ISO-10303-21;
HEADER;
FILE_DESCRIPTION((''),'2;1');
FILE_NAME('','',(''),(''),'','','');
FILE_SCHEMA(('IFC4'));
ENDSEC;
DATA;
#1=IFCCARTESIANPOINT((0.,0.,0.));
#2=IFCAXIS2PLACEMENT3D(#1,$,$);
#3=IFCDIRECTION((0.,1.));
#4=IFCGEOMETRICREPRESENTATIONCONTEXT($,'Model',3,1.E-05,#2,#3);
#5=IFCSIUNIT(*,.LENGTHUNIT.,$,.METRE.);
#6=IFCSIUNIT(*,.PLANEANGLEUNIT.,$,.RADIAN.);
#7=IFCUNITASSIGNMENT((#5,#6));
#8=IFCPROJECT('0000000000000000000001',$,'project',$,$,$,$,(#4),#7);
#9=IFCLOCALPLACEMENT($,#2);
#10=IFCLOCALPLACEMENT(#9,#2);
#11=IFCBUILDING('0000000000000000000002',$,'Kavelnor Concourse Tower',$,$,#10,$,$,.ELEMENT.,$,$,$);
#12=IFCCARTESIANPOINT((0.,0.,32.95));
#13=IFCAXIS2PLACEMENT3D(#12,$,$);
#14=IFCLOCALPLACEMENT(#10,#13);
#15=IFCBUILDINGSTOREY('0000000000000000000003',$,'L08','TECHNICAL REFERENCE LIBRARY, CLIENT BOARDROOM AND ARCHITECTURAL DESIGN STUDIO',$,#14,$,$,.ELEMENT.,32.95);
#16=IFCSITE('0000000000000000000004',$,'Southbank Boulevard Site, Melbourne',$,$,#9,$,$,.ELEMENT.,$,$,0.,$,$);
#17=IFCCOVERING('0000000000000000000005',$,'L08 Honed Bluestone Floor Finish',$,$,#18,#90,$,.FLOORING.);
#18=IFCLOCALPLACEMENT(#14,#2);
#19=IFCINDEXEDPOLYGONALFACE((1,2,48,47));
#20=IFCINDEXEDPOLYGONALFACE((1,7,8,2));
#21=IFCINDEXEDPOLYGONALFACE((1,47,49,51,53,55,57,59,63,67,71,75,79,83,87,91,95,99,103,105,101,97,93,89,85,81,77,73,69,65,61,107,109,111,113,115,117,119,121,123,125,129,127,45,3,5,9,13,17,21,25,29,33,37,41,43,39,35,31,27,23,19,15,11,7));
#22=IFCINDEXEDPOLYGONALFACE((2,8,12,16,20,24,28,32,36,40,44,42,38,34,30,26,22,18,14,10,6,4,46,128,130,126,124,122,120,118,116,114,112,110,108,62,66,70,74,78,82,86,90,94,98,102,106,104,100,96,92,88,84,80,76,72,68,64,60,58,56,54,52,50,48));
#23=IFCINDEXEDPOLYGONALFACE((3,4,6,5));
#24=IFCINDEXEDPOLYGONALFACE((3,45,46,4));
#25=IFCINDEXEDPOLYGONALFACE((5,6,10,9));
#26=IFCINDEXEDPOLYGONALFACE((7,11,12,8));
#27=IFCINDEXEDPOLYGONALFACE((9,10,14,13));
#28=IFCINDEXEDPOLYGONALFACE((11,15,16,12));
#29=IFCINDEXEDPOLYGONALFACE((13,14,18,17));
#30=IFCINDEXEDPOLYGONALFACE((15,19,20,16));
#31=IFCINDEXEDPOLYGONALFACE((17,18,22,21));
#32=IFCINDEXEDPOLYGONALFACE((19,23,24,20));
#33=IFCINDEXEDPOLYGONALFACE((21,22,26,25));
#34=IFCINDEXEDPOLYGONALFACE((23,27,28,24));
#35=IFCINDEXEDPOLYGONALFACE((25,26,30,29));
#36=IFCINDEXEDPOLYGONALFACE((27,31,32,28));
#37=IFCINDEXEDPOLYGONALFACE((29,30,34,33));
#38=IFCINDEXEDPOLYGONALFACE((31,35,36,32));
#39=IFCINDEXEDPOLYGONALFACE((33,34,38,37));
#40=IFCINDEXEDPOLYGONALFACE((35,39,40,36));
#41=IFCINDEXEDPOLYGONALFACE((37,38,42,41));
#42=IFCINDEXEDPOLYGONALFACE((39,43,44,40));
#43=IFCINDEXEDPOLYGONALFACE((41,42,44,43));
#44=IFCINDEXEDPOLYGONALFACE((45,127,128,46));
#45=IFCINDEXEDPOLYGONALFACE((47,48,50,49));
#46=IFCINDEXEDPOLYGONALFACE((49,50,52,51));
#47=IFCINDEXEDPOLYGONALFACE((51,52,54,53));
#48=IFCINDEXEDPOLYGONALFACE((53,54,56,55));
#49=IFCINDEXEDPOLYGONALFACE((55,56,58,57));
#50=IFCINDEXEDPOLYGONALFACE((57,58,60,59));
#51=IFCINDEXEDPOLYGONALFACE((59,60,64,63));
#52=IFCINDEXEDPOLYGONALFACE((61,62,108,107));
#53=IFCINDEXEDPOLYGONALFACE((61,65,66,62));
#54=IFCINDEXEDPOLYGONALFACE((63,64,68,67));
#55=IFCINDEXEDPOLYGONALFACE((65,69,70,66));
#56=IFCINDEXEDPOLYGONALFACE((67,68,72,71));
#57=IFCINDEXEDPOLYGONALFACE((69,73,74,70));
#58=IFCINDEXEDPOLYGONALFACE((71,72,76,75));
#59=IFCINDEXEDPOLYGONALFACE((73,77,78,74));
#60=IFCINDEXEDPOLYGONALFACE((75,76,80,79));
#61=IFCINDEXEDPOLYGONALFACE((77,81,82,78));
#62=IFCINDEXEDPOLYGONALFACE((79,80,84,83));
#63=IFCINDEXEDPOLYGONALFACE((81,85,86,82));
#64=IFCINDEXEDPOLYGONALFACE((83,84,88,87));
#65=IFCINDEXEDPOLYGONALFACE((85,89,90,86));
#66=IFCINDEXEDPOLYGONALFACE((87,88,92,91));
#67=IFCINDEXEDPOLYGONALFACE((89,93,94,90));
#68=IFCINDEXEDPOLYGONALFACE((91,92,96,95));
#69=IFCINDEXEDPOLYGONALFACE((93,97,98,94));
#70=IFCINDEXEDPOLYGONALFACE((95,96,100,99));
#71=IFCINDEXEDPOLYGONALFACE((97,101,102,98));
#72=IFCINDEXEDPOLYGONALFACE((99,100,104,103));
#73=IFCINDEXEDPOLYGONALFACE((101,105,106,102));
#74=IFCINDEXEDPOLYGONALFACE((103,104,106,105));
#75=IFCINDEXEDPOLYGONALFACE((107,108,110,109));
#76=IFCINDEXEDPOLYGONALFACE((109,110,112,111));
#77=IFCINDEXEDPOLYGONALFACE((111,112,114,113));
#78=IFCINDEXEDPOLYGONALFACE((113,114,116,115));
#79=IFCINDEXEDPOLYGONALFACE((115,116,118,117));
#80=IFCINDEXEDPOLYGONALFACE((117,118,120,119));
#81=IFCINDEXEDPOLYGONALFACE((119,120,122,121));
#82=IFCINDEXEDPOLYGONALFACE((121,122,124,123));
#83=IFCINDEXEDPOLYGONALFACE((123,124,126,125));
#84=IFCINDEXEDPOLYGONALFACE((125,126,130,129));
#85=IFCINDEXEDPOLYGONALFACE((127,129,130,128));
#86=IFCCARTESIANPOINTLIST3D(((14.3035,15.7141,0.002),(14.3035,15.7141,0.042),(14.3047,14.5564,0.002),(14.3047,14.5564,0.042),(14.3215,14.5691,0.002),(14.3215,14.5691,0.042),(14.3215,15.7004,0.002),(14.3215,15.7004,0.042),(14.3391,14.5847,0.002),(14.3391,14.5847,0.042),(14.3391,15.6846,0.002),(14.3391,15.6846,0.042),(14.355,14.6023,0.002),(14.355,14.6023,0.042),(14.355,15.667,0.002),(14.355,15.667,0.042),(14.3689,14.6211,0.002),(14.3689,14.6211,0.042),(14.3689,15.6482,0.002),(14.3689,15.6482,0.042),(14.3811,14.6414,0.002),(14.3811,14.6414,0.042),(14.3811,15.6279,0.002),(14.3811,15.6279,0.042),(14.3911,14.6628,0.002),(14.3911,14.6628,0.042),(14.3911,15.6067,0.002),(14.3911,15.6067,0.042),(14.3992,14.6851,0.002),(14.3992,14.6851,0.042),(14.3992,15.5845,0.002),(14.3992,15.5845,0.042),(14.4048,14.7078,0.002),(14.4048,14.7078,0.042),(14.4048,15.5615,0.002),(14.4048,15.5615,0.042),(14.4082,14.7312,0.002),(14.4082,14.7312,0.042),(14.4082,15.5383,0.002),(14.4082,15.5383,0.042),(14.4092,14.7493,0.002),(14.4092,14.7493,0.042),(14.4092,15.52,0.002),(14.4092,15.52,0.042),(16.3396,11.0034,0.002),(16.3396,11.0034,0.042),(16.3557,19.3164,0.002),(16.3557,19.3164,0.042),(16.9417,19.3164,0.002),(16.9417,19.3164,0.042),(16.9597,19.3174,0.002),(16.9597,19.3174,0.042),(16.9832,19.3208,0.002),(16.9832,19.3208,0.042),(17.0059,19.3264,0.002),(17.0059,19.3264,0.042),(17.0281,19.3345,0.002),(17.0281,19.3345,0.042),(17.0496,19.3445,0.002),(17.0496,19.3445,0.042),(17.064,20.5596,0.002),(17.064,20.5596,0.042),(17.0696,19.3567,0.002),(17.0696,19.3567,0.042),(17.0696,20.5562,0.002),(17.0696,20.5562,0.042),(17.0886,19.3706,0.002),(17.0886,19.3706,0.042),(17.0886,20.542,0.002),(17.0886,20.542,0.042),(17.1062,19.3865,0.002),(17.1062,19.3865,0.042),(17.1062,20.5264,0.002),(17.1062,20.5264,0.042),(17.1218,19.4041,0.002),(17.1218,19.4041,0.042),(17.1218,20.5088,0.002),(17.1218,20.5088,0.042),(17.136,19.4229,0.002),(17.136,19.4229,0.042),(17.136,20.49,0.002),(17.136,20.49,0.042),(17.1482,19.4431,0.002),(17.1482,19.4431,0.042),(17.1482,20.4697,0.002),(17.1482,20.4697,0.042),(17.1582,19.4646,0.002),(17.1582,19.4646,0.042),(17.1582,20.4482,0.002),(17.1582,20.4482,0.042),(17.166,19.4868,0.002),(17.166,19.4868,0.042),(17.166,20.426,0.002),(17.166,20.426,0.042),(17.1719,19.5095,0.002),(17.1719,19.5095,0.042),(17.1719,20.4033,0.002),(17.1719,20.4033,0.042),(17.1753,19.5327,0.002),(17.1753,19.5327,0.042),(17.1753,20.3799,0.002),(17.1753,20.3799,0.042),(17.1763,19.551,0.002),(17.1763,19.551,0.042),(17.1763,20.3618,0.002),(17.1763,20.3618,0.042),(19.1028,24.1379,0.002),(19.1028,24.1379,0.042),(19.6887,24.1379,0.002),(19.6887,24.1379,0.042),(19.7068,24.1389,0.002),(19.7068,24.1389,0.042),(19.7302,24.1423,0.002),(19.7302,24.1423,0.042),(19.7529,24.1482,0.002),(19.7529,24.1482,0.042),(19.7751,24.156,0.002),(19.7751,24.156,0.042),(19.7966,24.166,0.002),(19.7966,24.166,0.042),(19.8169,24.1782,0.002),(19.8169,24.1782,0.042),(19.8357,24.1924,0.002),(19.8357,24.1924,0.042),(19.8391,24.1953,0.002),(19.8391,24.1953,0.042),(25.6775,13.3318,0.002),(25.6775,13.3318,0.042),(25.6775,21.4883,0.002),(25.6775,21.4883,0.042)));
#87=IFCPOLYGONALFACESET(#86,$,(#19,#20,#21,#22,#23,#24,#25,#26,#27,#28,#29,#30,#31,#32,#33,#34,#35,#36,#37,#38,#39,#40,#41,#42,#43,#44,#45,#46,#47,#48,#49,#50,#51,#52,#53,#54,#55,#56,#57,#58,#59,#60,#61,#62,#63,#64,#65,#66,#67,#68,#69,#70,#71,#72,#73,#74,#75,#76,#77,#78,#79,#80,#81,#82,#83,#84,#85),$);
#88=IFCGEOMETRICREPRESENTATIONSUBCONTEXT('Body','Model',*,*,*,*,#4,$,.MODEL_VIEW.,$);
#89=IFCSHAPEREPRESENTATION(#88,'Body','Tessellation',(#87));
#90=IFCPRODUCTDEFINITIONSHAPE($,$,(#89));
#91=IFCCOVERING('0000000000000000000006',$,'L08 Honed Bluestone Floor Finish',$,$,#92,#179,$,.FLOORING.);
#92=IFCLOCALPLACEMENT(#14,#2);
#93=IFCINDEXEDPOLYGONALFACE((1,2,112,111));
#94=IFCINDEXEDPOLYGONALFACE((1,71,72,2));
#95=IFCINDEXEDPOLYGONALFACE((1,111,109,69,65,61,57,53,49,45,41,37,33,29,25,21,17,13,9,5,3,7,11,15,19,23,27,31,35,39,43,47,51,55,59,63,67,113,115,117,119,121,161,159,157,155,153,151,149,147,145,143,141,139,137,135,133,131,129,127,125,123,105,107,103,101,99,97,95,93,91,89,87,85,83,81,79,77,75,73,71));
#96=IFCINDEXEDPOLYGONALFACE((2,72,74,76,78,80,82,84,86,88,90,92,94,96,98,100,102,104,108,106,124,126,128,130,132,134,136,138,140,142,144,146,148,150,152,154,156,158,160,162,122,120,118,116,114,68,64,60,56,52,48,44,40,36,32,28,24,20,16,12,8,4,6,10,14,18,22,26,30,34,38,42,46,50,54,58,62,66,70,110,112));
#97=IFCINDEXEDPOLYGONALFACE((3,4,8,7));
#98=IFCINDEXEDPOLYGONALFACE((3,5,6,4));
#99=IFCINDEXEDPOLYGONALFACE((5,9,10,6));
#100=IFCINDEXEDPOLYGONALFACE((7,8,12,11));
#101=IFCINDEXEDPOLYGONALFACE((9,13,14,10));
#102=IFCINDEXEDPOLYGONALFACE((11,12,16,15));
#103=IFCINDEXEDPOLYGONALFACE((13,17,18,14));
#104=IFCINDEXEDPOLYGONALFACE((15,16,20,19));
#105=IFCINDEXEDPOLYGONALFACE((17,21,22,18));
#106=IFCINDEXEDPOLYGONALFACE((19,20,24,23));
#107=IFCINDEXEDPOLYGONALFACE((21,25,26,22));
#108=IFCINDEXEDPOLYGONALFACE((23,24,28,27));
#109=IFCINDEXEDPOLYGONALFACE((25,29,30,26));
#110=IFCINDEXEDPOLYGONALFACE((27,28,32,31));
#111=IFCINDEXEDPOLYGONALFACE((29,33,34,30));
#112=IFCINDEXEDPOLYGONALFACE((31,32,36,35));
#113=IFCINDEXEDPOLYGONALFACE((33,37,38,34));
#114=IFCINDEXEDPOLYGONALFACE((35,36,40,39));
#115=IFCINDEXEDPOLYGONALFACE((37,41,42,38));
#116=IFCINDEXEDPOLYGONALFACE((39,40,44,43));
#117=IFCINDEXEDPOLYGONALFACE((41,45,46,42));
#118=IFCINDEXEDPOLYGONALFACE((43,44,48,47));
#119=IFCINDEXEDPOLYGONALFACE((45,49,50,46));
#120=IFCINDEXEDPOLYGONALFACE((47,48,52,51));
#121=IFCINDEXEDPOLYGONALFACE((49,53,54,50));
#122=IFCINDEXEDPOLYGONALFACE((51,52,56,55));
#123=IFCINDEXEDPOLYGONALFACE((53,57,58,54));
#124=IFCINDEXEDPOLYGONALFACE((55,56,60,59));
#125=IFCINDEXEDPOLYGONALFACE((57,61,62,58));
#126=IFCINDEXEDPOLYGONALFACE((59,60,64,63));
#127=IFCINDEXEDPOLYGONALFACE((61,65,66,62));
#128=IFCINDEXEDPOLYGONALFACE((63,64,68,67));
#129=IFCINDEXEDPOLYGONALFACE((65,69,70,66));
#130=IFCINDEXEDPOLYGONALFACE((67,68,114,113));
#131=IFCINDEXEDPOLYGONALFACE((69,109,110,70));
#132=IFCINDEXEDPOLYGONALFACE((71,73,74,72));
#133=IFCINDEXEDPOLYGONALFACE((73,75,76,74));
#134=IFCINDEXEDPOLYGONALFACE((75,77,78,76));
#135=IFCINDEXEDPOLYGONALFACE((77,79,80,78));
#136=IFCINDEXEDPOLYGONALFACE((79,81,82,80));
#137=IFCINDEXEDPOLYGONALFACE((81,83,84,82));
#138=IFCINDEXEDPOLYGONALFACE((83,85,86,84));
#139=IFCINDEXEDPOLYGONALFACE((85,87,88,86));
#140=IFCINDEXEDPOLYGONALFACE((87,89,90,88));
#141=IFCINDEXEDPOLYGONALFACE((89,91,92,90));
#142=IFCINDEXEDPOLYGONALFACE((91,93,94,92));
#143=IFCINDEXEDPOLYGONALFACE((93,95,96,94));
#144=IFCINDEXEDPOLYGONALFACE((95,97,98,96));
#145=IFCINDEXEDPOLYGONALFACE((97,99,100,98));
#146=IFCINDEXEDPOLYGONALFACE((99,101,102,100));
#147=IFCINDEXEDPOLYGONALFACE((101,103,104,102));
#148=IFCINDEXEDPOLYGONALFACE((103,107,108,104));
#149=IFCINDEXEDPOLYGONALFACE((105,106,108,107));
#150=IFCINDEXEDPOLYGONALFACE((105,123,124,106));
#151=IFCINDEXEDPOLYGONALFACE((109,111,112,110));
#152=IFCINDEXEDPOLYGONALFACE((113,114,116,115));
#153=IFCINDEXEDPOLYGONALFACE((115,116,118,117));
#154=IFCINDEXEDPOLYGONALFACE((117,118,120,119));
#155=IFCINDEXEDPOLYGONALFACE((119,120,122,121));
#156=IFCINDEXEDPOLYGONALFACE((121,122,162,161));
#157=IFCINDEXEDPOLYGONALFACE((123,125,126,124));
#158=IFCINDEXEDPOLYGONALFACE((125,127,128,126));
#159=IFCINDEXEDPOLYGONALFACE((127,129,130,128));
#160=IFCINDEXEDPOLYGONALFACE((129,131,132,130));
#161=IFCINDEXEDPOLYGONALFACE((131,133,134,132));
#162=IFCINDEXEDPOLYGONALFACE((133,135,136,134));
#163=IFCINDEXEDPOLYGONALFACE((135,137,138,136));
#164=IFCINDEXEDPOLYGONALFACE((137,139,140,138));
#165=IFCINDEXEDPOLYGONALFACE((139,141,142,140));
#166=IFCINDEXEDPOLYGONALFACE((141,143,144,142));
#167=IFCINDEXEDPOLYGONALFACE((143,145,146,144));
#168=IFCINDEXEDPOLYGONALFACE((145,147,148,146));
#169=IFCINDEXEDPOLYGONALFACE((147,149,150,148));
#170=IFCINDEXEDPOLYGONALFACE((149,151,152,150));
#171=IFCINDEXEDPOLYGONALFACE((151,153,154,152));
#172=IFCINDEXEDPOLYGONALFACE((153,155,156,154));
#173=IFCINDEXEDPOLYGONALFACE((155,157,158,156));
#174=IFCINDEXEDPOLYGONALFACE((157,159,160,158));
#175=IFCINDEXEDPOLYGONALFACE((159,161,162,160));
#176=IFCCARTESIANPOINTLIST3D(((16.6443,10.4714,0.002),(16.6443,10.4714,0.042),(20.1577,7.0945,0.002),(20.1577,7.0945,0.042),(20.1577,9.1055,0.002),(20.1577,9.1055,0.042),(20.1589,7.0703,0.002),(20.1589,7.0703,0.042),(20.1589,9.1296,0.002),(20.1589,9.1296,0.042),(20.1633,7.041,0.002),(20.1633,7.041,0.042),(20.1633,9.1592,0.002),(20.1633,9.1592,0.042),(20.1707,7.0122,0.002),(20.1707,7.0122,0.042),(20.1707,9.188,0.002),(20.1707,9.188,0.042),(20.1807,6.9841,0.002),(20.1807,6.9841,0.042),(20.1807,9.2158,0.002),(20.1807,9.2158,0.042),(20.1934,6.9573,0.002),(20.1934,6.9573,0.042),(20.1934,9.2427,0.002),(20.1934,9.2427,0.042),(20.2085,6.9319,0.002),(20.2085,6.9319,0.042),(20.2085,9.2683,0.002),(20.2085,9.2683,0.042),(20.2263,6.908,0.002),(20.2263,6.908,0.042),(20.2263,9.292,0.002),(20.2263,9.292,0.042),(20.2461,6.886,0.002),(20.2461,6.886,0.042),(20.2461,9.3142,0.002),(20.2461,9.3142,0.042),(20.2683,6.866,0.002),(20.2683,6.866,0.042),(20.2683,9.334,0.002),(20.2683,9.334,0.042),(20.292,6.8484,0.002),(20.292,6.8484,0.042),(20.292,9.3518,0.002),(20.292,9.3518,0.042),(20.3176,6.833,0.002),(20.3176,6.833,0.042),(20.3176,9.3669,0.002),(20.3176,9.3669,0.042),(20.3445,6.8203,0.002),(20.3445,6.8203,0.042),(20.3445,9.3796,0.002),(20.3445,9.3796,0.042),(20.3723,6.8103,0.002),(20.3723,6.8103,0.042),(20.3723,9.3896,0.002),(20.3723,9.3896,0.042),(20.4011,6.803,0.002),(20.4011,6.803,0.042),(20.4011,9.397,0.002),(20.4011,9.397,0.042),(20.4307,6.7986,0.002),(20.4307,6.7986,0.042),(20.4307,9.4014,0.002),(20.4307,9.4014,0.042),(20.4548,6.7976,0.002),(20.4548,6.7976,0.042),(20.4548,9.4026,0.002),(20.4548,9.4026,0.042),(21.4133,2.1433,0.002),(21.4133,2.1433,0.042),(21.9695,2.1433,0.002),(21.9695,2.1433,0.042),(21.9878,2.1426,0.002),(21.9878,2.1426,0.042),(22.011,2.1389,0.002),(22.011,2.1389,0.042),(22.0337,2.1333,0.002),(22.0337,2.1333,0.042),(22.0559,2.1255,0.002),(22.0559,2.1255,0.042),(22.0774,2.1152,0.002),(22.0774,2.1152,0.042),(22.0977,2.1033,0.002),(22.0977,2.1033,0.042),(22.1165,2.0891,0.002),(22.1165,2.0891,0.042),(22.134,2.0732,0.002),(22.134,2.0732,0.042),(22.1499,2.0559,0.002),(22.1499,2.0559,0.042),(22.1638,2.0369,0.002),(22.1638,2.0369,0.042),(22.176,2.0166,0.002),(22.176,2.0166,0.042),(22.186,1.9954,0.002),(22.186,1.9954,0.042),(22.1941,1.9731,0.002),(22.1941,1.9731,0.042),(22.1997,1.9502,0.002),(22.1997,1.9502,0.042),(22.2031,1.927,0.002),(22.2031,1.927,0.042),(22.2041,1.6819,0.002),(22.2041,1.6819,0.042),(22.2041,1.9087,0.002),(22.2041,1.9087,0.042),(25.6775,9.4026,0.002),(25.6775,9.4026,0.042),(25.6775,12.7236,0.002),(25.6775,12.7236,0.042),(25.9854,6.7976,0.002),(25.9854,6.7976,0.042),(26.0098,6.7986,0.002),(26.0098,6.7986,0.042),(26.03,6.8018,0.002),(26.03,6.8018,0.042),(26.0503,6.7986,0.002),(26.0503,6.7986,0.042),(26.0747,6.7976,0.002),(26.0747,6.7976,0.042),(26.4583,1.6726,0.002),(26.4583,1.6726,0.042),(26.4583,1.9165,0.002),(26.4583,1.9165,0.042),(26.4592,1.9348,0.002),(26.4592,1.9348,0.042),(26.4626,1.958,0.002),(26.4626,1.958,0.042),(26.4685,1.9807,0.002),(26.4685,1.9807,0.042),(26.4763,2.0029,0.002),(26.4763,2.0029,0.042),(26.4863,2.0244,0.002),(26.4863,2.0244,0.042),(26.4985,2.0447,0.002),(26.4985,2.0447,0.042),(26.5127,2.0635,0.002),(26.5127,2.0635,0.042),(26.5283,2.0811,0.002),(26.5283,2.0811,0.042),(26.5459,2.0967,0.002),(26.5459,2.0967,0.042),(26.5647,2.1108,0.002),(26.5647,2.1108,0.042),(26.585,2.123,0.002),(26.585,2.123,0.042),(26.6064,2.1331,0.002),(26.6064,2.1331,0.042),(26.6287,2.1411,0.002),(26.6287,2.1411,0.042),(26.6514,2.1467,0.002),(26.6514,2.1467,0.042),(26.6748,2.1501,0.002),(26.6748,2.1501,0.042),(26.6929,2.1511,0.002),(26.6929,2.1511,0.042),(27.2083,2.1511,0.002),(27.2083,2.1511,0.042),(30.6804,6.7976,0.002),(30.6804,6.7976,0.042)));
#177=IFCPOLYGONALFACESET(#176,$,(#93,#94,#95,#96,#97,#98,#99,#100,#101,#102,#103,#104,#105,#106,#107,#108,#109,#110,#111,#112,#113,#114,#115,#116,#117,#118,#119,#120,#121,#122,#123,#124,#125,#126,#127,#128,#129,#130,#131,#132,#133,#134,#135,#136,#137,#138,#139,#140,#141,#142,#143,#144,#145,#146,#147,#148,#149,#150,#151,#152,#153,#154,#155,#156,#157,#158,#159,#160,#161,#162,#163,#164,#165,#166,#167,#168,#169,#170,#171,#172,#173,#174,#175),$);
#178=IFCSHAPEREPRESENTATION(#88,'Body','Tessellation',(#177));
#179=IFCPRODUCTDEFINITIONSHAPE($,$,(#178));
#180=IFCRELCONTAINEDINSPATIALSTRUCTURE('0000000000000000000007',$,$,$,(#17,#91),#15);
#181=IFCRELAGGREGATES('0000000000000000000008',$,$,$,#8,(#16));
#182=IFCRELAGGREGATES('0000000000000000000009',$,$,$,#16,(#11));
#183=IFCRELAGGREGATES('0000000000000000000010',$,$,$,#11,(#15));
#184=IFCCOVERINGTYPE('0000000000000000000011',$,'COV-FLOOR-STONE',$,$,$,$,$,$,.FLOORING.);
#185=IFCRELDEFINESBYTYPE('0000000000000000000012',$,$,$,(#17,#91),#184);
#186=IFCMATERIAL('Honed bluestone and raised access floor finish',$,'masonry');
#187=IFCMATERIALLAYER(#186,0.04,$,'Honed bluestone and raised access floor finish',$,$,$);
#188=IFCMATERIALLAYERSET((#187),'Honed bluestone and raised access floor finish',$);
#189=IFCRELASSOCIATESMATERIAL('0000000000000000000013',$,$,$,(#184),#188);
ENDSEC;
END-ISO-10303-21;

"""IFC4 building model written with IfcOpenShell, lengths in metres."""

from ifc_helpers import new_model, si_unit, direction, frame, origin, place, context, subcontext, project, spatial, polyline, outline, extrude, material, layer, layer_set, type_object, element, save


model = new_model("IFC4")

# Units and contexts
model_context = context("Model", 3, precision=1e-05, world=origin(), true_north=direction((0.0, 1.0)))
body_context = subcontext(model_context, "Body", "Model", "MODEL_VIEW")
ifc_project = project(units=[si_unit("LENGTHUNIT", "METRE"), si_unit("PLANEANGLEUNIT", "RADIAN")], contexts=[model_context])

# Site, building, storey
site_placement = place(None, origin())
site = spatial("IfcSite", under=ifc_project, at=site_placement, Name="Southbank Boulevard Site, Melbourne", CompositionType="ELEMENT", RefElevation=0.0)
building_placement = place(site_placement, origin())
building = spatial("IfcBuilding", under=site, at=building_placement, Name="Kavelnor Concourse Tower", CompositionType="ELEMENT")
storey_placement = place(building_placement, frame((0.0, 0.0, 32.95)))
storey = spatial("IfcBuildingStorey", under=building, at=storey_placement, Name="L08", Description="TECHNICAL REFERENCE LIBRARY, CLIENT BOARDROOM AND ARCHITECTURAL DESIGN STUDIO", CompositionType="ELEMENT", Elevation=32.95)

# Coverings
ifc_material_1 = material(Name="Honed bluestone and raised access floor finish", Category="masonry")
ifc_layer_1 = layer(ifc_material_1, 0.04, Name="Honed bluestone and raised access floor finish")
ifc_layer_set_1 = layer_set([ifc_layer_1], Name="Honed bluestone and raised access floor finish")
covering_type_1 = type_object("IfcCoveringType", Name="COV-FLOOR-STONE", PredefinedType="FLOORING", material=ifc_layer_set_1)
covering_1_placement = place(storey_placement, frame((0.0, 0.0, 0.002)))
element("IfcCovering", 1, at=covering_1_placement, inside=storey, type_object=covering_type_1, Name="L08 Honed Bluestone Floor Finish", PredefinedType="FLOORING", context=body_context, shape_type="SweptSolid", body=[
    extrude(outline(polyline([(16.3557, 19.3164), (16.9417, 19.3164), (16.9597, 19.3174), (16.9832, 19.3208), (17.0059, 19.3264), (17.0281, 19.3345), (17.0496, 19.3445), (17.0696, 19.3567), (17.0886, 19.3706), (17.1062, 19.3865), (17.1218, 19.4041), (17.136, 19.4229), (17.1482, 19.4431), (17.1582, 19.4646), (17.166, 19.4868), (17.1719, 19.5095), (17.1753, 19.5327), (17.1763, 19.551), (17.1763, 20.3618), (17.1753, 20.3799), (17.1719, 20.4033), (17.166, 20.426), (17.1582, 20.4482), (17.1482, 20.4697), (17.136, 20.49), (17.1218, 20.5088), (17.1062, 20.5264), (17.0886, 20.542), (17.0696, 20.5562), (17.064, 20.5596), (19.1028, 24.1379), (19.6887, 24.1379), (19.7068, 24.1389), (19.7302, 24.1423), (19.7529, 24.1482), (19.7751, 24.156), (19.7966, 24.166), (19.8169, 24.1782), (19.8357, 24.1924), (19.8391, 24.1953), (25.6775, 21.4883), (25.6775, 13.3318), (16.3396, 11.0034), (14.3047, 14.5564), (14.3215, 14.5691), (14.3391, 14.5847), (14.355, 14.6023), (14.3689, 14.6211), (14.3811, 14.6414), (14.3911, 14.6628), (14.3992, 14.6851), (14.4048, 14.7078), (14.4082, 14.7312), (14.4092, 14.7493), (14.4092, 15.52), (14.4082, 15.5383), (14.4048, 15.5615), (14.3992, 15.5845), (14.3911, 15.6067), (14.3811, 15.6279), (14.3689, 15.6482), (14.355, 15.667), (14.3391, 15.6846), (14.3215, 15.7004), (14.3035, 15.7141), (16.3557, 19.3164)])), origin(), (0.0, 0.0, 1.0), 0.04),
])
covering_2_placement = place(storey_placement, frame((0.0, 0.0, 0.002)))
element("IfcCovering", 2, at=covering_2_placement, inside=storey, type_object=covering_type_1, Name="L08 Honed Bluestone Floor Finish", PredefinedType="FLOORING", context=body_context, shape_type="SweptSolid", body=[
    extrude(outline(polyline([(20.4548, 9.4026), (20.4307, 9.4014), (20.4011, 9.397), (20.3723, 9.3896), (20.3445, 9.3796), (20.3176, 9.3669), (20.292, 9.3518), (20.2683, 9.334), (20.2461, 9.3142), (20.2263, 9.292), (20.2085, 9.2683), (20.1934, 9.2427), (20.1807, 9.2158), (20.1707, 9.188), (20.1633, 9.1592), (20.1589, 9.1296), (20.1577, 9.1055), (20.1577, 7.0945), (20.1589, 7.0703), (20.1633, 7.041), (20.1707, 7.0122), (20.1807, 6.9841), (20.1934, 6.9573), (20.2085, 6.9319), (20.2263, 6.908), (20.2461, 6.886), (20.2683, 6.866), (20.292, 6.8484), (20.3176, 6.833), (20.3445, 6.8203), (20.3723, 6.8103), (20.4011, 6.803), (20.4307, 6.7986), (20.4548, 6.7976), (25.9854, 6.7976), (26.0098, 6.7986), (26.03, 6.8018), (26.0503, 6.7986), (26.0747, 6.7976), (30.6804, 6.7976), (27.2083, 2.1511), (26.6929, 2.1511), (26.6748, 2.1501), (26.6514, 2.1467), (26.6287, 2.1411), (26.6064, 2.1331), (26.585, 2.123), (26.5647, 2.1108), (26.5459, 2.0967), (26.5283, 2.0811), (26.5127, 2.0635), (26.4985, 2.0447), (26.4863, 2.0244), (26.4763, 2.0029), (26.4685, 1.9807), (26.4626, 1.958), (26.4592, 1.9348), (26.4583, 1.9165), (26.4583, 1.6726), (22.2041, 1.6819), (22.2041, 1.9087), (22.2031, 1.927), (22.1997, 1.9502), (22.1941, 1.9731), (22.186, 1.9954), (22.176, 2.0166), (22.1638, 2.0369), (22.1499, 2.0559), (22.134, 2.0732), (22.1165, 2.0891), (22.0977, 2.1033), (22.0774, 2.1152), (22.0559, 2.1255), (22.0337, 2.1333), (22.011, 2.1389), (21.9878, 2.1426), (21.9695, 2.1433), (21.4133, 2.1433), (16.6443, 10.4714), (25.6775, 12.7236), (25.6775, 9.4026), (20.4548, 9.4026)])), origin(), (0.0, 0.0, 1.0), 0.04),
])

save(model, "model.ifc")
